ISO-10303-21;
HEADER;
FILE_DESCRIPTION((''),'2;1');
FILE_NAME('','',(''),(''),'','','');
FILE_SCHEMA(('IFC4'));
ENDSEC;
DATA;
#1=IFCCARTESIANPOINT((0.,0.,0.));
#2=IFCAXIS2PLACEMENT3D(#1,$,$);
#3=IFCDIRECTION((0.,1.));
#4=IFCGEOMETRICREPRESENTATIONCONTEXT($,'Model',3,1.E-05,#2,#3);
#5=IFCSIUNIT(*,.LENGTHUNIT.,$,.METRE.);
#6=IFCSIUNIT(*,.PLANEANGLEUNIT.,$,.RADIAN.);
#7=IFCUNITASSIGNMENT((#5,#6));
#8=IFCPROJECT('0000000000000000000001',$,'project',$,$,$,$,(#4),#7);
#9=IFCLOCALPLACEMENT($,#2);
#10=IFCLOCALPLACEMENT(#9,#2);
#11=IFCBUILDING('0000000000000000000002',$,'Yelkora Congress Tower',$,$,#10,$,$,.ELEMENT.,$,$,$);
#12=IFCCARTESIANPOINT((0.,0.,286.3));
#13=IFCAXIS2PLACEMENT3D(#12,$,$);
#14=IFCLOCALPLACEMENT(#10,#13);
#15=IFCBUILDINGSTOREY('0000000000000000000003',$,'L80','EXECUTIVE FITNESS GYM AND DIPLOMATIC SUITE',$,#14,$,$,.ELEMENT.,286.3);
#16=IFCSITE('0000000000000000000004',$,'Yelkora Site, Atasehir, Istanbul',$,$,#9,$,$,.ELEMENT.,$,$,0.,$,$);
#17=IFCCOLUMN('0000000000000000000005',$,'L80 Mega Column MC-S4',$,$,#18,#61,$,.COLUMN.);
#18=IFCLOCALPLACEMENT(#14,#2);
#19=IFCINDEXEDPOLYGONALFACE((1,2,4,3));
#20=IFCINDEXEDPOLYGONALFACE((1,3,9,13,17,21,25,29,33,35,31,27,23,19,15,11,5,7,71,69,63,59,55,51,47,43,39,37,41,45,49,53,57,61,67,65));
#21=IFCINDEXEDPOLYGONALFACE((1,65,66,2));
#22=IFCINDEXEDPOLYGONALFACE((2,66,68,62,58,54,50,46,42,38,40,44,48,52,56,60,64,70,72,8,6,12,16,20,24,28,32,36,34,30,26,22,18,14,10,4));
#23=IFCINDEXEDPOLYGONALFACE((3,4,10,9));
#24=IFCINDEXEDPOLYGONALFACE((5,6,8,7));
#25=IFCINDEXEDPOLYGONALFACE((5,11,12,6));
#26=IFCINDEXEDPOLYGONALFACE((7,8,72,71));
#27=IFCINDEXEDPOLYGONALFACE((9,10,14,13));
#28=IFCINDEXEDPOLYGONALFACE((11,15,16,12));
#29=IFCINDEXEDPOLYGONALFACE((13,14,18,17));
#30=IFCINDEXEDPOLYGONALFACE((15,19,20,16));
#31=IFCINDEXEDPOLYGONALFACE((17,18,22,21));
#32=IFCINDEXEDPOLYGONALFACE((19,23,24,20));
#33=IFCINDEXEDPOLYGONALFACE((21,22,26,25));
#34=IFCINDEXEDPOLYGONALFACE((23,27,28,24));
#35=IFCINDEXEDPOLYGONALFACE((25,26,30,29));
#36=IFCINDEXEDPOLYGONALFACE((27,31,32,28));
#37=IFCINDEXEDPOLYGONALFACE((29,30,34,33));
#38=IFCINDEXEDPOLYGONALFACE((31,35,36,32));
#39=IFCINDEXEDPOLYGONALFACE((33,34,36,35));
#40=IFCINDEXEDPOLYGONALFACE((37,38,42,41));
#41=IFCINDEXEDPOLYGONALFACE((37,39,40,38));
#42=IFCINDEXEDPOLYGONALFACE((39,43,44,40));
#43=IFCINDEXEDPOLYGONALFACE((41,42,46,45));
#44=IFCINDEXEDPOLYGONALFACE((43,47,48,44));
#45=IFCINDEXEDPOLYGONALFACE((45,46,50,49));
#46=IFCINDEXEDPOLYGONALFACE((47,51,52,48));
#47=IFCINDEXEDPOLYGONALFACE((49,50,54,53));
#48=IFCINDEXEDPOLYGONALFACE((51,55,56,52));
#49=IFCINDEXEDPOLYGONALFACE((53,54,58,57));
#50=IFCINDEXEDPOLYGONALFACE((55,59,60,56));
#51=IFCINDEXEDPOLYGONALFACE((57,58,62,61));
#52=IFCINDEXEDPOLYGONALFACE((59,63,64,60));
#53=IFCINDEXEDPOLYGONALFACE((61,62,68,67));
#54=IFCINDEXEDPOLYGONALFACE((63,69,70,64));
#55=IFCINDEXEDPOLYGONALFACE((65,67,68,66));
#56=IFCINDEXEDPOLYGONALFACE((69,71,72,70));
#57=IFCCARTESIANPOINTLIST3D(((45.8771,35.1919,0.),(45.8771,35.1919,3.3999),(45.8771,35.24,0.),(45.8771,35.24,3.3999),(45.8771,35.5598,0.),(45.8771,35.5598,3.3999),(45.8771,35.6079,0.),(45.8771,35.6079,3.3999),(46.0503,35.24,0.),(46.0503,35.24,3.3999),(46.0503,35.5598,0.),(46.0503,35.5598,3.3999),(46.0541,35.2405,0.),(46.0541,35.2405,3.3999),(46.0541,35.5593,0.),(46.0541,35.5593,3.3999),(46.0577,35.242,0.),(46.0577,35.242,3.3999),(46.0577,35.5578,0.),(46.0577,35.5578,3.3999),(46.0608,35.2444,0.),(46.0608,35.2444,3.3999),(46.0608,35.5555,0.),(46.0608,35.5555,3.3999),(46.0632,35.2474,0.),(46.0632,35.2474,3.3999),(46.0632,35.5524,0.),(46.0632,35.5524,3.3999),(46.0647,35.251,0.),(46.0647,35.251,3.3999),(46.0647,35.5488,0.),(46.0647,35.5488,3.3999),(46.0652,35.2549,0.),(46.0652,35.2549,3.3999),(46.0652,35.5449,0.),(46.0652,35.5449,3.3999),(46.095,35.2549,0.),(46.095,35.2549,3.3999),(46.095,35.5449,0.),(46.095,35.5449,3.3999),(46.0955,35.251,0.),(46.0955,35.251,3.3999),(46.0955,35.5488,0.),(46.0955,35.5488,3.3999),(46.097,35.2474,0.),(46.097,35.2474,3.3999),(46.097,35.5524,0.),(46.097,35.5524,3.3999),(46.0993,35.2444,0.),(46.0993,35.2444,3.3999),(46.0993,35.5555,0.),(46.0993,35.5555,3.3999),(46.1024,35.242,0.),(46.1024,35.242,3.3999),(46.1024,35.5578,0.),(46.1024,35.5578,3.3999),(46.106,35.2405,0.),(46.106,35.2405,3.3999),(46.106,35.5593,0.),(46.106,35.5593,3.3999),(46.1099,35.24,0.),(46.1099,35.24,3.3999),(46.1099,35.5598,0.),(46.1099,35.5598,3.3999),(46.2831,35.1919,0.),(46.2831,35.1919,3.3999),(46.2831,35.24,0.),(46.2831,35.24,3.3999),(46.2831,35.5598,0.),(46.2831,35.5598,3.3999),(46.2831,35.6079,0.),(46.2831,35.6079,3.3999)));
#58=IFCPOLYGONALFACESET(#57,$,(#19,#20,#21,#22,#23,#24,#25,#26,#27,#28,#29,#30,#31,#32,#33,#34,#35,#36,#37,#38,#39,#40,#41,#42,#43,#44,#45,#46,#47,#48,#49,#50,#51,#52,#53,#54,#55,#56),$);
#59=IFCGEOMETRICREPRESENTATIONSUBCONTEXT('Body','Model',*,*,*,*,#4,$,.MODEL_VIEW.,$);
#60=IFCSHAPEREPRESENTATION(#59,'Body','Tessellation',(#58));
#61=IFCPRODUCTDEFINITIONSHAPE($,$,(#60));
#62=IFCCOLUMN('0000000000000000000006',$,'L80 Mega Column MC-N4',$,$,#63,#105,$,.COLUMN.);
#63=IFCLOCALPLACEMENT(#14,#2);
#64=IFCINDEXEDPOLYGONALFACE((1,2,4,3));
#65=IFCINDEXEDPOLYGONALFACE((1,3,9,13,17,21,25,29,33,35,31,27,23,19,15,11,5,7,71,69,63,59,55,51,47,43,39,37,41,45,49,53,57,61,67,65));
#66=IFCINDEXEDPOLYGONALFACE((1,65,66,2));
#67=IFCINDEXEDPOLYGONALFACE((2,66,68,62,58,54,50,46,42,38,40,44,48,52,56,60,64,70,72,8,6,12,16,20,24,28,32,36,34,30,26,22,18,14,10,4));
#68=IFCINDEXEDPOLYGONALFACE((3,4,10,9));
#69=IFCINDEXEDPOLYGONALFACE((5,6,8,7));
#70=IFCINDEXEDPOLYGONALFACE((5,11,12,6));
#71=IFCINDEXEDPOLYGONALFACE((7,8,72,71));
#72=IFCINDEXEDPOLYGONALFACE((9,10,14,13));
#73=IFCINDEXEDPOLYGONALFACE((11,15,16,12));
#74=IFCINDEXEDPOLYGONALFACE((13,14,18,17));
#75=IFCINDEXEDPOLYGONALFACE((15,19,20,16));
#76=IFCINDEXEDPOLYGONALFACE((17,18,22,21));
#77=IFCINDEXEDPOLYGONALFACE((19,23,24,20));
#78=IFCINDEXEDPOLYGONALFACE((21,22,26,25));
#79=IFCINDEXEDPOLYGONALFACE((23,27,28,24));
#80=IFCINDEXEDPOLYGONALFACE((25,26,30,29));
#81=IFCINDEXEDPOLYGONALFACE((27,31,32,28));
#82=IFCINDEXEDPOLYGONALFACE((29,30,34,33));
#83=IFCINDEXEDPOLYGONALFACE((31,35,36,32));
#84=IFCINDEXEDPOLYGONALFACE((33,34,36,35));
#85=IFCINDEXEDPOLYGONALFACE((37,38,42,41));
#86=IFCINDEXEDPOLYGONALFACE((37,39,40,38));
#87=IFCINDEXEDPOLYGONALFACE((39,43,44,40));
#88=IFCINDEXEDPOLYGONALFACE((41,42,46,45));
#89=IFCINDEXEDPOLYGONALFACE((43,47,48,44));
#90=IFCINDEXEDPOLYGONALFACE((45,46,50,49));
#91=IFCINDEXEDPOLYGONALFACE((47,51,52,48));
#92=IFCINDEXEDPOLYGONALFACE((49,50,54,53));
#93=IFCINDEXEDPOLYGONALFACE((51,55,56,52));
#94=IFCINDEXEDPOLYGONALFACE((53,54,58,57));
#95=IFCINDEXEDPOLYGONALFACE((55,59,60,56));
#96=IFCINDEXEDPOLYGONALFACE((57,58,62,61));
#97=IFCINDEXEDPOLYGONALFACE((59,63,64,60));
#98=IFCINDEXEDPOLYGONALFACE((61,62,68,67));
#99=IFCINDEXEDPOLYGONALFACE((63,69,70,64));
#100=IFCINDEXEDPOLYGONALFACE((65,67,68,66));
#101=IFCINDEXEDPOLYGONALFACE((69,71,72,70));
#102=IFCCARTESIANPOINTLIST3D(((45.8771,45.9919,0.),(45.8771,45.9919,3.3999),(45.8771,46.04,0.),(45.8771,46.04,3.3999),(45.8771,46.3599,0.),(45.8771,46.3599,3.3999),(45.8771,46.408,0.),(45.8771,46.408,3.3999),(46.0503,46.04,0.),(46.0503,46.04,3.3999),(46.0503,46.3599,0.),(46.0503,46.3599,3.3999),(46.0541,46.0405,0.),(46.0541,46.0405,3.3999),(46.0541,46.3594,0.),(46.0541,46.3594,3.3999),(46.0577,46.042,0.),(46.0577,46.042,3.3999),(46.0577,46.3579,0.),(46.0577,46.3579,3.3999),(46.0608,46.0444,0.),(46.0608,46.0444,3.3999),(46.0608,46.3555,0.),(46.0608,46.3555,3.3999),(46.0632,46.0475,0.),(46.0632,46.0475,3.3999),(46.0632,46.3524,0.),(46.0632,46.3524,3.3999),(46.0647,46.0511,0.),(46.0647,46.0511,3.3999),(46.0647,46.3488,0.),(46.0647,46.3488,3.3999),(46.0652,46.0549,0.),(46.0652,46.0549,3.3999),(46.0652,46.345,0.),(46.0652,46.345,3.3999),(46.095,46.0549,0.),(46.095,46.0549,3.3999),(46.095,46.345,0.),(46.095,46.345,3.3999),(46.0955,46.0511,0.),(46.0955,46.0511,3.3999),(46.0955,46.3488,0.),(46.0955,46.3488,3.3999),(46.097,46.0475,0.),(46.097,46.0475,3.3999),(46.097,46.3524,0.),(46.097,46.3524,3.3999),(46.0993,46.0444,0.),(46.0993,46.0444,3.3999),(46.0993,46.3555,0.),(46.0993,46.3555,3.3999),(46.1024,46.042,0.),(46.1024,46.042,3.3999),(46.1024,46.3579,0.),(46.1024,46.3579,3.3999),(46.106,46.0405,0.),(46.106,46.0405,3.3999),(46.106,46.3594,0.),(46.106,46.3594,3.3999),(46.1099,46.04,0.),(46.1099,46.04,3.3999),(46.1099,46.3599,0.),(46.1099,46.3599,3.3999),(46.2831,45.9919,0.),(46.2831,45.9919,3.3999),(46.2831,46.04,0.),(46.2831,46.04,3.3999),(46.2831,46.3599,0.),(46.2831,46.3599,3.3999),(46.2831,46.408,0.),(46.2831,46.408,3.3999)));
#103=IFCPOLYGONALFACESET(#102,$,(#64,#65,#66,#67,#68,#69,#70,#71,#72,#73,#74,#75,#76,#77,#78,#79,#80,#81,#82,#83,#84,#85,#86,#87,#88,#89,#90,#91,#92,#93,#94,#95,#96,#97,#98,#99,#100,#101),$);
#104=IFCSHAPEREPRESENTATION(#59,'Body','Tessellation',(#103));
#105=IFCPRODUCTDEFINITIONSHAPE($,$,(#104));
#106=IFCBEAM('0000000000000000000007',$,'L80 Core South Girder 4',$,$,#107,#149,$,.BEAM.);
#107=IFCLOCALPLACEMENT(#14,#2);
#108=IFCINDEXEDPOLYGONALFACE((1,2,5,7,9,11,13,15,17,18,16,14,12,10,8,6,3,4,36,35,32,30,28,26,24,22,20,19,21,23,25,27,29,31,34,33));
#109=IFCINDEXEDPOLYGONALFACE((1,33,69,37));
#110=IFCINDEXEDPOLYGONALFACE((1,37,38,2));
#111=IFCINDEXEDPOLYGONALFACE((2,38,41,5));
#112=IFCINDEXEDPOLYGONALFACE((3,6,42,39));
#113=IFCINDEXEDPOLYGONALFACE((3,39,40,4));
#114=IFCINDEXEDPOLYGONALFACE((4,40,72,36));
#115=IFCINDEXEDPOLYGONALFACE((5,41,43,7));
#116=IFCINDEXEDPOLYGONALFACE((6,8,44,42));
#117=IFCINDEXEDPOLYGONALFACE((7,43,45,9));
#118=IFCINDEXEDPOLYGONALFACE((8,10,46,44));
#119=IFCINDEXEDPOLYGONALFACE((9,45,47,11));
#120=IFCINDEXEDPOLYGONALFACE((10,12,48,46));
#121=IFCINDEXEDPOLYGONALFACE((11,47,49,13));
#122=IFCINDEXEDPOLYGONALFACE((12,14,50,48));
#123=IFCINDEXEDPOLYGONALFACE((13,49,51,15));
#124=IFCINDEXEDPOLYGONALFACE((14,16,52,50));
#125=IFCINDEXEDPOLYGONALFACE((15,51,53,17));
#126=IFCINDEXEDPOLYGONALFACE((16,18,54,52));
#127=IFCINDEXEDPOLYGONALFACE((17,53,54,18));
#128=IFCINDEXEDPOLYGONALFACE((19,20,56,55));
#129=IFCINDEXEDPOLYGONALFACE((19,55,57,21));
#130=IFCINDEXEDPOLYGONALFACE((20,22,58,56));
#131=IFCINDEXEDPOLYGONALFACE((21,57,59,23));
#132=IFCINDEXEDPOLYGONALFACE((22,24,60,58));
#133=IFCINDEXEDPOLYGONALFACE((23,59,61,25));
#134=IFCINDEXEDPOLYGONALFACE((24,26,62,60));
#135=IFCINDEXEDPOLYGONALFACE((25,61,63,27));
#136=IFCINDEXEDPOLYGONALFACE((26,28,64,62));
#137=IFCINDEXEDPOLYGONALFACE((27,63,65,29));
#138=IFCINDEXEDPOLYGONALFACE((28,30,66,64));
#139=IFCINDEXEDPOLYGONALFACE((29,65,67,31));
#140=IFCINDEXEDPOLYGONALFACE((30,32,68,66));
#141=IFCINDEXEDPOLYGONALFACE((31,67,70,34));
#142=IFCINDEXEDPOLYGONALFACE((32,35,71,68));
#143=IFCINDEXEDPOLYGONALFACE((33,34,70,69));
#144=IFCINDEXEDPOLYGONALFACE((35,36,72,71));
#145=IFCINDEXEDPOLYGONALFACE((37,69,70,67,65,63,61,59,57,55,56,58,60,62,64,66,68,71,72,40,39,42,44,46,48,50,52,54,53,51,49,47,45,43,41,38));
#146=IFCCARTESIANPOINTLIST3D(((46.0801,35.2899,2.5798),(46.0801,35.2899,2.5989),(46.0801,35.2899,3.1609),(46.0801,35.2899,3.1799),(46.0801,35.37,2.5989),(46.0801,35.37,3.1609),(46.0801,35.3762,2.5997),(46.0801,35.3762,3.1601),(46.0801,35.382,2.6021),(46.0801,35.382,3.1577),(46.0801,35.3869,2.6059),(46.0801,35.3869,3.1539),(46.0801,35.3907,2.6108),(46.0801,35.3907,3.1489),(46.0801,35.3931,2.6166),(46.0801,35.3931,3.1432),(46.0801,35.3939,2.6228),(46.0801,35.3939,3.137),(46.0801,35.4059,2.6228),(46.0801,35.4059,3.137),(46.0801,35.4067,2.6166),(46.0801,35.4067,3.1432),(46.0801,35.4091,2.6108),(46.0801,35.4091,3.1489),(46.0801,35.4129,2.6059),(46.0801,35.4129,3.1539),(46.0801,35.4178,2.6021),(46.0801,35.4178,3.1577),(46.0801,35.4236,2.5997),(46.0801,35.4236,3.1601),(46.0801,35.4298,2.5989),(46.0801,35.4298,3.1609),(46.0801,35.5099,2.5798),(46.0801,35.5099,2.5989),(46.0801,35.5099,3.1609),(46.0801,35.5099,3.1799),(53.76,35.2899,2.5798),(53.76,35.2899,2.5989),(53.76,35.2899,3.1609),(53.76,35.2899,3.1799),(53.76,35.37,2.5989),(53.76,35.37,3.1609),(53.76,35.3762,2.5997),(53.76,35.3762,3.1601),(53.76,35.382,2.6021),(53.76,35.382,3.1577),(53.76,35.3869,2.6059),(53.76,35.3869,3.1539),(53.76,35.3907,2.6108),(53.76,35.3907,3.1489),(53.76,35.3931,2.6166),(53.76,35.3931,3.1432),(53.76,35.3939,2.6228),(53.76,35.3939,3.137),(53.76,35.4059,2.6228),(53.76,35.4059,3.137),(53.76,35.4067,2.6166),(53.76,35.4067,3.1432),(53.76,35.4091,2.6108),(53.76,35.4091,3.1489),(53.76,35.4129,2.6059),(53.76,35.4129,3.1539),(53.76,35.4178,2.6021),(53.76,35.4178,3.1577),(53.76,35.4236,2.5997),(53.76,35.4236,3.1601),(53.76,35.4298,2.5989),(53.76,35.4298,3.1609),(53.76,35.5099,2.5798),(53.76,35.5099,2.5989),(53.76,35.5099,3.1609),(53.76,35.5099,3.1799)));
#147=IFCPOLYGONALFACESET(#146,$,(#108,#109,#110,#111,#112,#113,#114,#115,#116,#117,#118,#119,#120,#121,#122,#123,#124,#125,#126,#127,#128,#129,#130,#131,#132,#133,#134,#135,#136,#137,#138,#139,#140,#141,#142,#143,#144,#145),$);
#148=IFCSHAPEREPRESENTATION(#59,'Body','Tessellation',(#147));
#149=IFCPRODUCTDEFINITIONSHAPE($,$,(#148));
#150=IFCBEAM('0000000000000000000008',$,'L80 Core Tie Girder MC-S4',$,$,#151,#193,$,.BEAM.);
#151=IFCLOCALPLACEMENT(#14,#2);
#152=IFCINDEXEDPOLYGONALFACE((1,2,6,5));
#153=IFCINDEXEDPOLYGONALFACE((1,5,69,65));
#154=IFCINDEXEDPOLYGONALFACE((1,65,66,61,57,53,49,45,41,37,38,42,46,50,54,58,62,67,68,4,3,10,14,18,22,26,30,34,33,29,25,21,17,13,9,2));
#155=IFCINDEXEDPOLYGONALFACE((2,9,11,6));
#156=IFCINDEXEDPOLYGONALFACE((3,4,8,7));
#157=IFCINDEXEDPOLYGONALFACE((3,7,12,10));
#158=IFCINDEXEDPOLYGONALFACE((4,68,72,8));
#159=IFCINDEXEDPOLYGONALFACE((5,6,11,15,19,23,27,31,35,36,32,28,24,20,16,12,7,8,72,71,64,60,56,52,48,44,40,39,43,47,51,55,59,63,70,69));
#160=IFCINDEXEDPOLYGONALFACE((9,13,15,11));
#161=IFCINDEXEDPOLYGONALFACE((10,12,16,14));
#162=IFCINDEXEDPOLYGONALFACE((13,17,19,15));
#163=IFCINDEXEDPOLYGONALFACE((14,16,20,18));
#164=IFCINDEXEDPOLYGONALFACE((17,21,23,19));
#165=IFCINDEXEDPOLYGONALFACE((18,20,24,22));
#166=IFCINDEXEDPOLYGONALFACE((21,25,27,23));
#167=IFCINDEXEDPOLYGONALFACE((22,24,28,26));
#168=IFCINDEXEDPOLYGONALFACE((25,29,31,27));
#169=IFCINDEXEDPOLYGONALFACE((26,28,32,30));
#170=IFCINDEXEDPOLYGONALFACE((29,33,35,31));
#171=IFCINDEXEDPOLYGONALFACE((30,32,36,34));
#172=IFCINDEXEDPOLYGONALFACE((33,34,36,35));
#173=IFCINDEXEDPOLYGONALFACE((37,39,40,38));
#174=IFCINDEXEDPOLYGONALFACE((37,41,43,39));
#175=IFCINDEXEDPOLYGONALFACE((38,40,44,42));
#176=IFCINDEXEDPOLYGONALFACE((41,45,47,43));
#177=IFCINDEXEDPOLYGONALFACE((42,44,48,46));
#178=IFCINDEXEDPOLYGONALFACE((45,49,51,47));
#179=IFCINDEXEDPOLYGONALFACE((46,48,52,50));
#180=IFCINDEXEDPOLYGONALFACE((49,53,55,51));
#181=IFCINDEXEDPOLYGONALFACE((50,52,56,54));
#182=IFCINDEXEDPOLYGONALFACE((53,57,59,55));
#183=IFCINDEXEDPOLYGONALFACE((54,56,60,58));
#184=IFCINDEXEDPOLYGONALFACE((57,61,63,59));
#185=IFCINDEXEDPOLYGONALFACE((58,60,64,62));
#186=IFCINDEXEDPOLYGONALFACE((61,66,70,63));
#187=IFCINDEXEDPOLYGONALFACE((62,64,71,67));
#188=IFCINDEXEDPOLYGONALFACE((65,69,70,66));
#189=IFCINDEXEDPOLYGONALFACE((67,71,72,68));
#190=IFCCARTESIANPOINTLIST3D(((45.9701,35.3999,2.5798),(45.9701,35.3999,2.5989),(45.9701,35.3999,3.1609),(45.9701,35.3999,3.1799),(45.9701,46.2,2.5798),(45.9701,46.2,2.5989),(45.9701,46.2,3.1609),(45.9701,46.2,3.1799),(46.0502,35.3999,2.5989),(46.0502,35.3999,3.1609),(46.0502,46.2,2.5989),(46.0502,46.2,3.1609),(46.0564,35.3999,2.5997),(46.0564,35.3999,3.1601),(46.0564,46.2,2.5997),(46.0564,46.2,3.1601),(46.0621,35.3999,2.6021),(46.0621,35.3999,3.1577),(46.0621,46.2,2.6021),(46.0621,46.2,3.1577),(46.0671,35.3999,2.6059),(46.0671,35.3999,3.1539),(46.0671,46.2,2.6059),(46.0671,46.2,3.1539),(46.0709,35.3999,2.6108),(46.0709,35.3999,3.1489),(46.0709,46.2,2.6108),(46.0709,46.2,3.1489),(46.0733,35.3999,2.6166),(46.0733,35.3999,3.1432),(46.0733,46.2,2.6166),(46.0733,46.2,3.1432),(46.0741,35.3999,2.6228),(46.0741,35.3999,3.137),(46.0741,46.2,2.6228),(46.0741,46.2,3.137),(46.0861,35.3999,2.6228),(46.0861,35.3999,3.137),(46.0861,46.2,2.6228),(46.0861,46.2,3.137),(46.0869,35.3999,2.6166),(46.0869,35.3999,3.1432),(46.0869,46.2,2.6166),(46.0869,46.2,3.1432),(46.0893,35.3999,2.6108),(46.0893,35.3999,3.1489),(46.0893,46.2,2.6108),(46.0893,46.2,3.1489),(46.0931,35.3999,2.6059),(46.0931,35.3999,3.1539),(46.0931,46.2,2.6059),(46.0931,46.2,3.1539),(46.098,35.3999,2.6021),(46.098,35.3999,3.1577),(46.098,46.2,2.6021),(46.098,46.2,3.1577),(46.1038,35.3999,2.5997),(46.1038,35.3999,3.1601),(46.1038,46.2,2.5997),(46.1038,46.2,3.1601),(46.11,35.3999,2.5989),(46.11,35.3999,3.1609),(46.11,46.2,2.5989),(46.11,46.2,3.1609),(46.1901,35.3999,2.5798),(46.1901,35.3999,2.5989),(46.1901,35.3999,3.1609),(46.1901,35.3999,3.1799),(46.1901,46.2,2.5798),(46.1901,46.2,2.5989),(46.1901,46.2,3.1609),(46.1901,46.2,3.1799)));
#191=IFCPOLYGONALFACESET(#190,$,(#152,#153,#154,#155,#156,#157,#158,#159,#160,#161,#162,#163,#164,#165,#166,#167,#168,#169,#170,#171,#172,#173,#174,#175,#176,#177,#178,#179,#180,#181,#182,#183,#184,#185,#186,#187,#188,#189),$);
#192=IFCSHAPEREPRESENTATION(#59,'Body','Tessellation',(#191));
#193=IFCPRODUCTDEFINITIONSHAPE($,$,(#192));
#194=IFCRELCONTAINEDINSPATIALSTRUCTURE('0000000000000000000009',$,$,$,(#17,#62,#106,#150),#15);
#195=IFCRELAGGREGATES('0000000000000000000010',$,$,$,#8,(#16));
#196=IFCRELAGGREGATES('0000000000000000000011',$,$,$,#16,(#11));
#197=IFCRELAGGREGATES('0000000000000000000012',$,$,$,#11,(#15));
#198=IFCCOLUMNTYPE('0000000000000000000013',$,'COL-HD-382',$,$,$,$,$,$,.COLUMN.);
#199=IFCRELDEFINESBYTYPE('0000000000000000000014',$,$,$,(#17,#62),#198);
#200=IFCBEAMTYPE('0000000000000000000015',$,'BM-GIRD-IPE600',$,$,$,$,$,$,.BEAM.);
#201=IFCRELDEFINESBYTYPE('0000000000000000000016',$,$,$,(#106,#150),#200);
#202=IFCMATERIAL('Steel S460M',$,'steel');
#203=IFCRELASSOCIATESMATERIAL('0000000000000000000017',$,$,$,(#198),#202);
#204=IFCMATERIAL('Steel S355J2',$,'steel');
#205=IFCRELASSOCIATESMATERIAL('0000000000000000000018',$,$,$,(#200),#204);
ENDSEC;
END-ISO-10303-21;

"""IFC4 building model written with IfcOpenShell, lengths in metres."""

from ifc_helpers import new_model, si_unit, direction, frame, origin, origin_2d, place, context, subcontext, project, spatial, i_section, extrude, material, material_profile, profile_set, type_object, element, save


model = new_model("IFC4")

# Units and contexts
model_context = context("Model", 3, precision=1e-05, world=origin(), true_north=direction((0.0, 1.0)))
body_context = subcontext(model_context, "Body", "Model", "MODEL_VIEW")
ifc_project = project(units=[si_unit("LENGTHUNIT", "METRE"), si_unit("PLANEANGLEUNIT", "RADIAN")], contexts=[model_context])

# Site, building, storey
site_placement = place(None, origin())
site = spatial("IfcSite", under=ifc_project, at=site_placement, Name="Yelkora Site, Atasehir, Istanbul", CompositionType="ELEMENT", RefElevation=0.0)
building_placement = place(site_placement, origin())
building = spatial("IfcBuilding", under=site, at=building_placement, Name="Yelkora Congress Tower", CompositionType="ELEMENT")
storey_placement = place(building_placement, frame((0.0, 0.0, 286.3)))
storey = spatial("IfcBuildingStorey", under=building, at=storey_placement, Name="L80", Description="EXECUTIVE FITNESS GYM AND DIPLOMATIC SUITE", CompositionType="ELEMENT", Elevation=286.3)

# Columns
ifc_material_1 = material(Name="Steel S460M", Category="steel")
ifc_material_profile_1 = material_profile(ifc_material_1, i_section(OverallWidth=0.406, OverallDepth=0.416, WebThickness=0.0298, FlangeThickness=0.0481, FilletRadius=0.0149, at=origin_2d()), Name="HD 400x382")
ifc_profile_set_1 = profile_set([ifc_material_profile_1], Name="Steel S460M")
column_type = type_object("IfcColumnType", Name="COL-HD-382", PredefinedType="COLUMN", material=ifc_profile_set_1)
for number, where, z_axis, x_axis, name in (
    (1, (46.0801, 35.3999, 0.0), (0.0, 0.0, 1.0), (1.0, 0.0, 0.0), "L80 Mega Column MC-S4"),
    (2, (46.0801, 46.2, 0.0), (0.0, 0.0, 1.0), (1.0, 0.0, 0.0), "L80 Mega Column MC-N4"),
):
    element("IfcColumn", number, at=place(storey_placement, frame(where, z_axis=z_axis, x_axis=x_axis)), inside=storey, type_object=column_type, Name=name, PredefinedType="COLUMN", context=body_context, shape_type="SweptSolid", body=[
        extrude(i_section(OverallWidth=0.406, OverallDepth=0.416, WebThickness=0.0298, FlangeThickness=0.0481, FilletRadius=0.0149, at=origin_2d()), origin(), (0.0, 0.0, 1.0), 3.3999),
    ])

# Beams
ifc_material_2 = material(Name="Steel S355J2", Category="steel")
ifc_material_profile_2 = material_profile(ifc_material_2, i_section(OverallWidth=0.22, OverallDepth=0.6001, WebThickness=0.012, FlangeThickness=0.019, FilletRadius=0.0239, at=origin_2d()), Name="IPE 600")
ifc_profile_set_2 = profile_set([ifc_material_profile_2], Name="Steel S355J2")
beam_type = type_object("IfcBeamType", Name="BM-GIRD-IPE600", PredefinedType="BEAM", material=ifc_profile_set_2)
beam_1_placement = place(storey_placement, frame((46.0801, 35.3999, 2.8799), z_axis=(1.0, 0.0, 0.0), x_axis=(0.0, 1.0, 0.0)))
element("IfcBeam", 3, at=beam_1_placement, inside=storey, type_object=beam_type, Name="L80 Core South Girder 4", PredefinedType="BEAM", context=body_context, shape_type="SweptSolid", body=[
    extrude(i_section(OverallWidth=0.22, OverallDepth=0.6001, WebThickness=0.012, FlangeThickness=0.019, FilletRadius=0.0239, at=origin_2d()), origin(), (0.0, 0.0, 1.0), 7.6799),
])
beam_2_placement = place(storey_placement, frame((46.0801, 35.3999, 2.8799), z_axis=(0.0, 1.0, 0.0), x_axis=(-1.0, 0.0, 0.0)))
element("IfcBeam", 4, at=beam_2_placement, inside=storey, type_object=beam_type, Name="L80 Core Tie Girder MC-S4", PredefinedType="BEAM", context=body_context, shape_type="SweptSolid", body=[
    extrude(i_section(OverallWidth=0.22, OverallDepth=0.6001, WebThickness=0.012, FlangeThickness=0.019, FilletRadius=0.0239, at=origin_2d()), origin(), (0.0, 0.0, 1.0), 10.8),
])

save(model, "model.ifc")
